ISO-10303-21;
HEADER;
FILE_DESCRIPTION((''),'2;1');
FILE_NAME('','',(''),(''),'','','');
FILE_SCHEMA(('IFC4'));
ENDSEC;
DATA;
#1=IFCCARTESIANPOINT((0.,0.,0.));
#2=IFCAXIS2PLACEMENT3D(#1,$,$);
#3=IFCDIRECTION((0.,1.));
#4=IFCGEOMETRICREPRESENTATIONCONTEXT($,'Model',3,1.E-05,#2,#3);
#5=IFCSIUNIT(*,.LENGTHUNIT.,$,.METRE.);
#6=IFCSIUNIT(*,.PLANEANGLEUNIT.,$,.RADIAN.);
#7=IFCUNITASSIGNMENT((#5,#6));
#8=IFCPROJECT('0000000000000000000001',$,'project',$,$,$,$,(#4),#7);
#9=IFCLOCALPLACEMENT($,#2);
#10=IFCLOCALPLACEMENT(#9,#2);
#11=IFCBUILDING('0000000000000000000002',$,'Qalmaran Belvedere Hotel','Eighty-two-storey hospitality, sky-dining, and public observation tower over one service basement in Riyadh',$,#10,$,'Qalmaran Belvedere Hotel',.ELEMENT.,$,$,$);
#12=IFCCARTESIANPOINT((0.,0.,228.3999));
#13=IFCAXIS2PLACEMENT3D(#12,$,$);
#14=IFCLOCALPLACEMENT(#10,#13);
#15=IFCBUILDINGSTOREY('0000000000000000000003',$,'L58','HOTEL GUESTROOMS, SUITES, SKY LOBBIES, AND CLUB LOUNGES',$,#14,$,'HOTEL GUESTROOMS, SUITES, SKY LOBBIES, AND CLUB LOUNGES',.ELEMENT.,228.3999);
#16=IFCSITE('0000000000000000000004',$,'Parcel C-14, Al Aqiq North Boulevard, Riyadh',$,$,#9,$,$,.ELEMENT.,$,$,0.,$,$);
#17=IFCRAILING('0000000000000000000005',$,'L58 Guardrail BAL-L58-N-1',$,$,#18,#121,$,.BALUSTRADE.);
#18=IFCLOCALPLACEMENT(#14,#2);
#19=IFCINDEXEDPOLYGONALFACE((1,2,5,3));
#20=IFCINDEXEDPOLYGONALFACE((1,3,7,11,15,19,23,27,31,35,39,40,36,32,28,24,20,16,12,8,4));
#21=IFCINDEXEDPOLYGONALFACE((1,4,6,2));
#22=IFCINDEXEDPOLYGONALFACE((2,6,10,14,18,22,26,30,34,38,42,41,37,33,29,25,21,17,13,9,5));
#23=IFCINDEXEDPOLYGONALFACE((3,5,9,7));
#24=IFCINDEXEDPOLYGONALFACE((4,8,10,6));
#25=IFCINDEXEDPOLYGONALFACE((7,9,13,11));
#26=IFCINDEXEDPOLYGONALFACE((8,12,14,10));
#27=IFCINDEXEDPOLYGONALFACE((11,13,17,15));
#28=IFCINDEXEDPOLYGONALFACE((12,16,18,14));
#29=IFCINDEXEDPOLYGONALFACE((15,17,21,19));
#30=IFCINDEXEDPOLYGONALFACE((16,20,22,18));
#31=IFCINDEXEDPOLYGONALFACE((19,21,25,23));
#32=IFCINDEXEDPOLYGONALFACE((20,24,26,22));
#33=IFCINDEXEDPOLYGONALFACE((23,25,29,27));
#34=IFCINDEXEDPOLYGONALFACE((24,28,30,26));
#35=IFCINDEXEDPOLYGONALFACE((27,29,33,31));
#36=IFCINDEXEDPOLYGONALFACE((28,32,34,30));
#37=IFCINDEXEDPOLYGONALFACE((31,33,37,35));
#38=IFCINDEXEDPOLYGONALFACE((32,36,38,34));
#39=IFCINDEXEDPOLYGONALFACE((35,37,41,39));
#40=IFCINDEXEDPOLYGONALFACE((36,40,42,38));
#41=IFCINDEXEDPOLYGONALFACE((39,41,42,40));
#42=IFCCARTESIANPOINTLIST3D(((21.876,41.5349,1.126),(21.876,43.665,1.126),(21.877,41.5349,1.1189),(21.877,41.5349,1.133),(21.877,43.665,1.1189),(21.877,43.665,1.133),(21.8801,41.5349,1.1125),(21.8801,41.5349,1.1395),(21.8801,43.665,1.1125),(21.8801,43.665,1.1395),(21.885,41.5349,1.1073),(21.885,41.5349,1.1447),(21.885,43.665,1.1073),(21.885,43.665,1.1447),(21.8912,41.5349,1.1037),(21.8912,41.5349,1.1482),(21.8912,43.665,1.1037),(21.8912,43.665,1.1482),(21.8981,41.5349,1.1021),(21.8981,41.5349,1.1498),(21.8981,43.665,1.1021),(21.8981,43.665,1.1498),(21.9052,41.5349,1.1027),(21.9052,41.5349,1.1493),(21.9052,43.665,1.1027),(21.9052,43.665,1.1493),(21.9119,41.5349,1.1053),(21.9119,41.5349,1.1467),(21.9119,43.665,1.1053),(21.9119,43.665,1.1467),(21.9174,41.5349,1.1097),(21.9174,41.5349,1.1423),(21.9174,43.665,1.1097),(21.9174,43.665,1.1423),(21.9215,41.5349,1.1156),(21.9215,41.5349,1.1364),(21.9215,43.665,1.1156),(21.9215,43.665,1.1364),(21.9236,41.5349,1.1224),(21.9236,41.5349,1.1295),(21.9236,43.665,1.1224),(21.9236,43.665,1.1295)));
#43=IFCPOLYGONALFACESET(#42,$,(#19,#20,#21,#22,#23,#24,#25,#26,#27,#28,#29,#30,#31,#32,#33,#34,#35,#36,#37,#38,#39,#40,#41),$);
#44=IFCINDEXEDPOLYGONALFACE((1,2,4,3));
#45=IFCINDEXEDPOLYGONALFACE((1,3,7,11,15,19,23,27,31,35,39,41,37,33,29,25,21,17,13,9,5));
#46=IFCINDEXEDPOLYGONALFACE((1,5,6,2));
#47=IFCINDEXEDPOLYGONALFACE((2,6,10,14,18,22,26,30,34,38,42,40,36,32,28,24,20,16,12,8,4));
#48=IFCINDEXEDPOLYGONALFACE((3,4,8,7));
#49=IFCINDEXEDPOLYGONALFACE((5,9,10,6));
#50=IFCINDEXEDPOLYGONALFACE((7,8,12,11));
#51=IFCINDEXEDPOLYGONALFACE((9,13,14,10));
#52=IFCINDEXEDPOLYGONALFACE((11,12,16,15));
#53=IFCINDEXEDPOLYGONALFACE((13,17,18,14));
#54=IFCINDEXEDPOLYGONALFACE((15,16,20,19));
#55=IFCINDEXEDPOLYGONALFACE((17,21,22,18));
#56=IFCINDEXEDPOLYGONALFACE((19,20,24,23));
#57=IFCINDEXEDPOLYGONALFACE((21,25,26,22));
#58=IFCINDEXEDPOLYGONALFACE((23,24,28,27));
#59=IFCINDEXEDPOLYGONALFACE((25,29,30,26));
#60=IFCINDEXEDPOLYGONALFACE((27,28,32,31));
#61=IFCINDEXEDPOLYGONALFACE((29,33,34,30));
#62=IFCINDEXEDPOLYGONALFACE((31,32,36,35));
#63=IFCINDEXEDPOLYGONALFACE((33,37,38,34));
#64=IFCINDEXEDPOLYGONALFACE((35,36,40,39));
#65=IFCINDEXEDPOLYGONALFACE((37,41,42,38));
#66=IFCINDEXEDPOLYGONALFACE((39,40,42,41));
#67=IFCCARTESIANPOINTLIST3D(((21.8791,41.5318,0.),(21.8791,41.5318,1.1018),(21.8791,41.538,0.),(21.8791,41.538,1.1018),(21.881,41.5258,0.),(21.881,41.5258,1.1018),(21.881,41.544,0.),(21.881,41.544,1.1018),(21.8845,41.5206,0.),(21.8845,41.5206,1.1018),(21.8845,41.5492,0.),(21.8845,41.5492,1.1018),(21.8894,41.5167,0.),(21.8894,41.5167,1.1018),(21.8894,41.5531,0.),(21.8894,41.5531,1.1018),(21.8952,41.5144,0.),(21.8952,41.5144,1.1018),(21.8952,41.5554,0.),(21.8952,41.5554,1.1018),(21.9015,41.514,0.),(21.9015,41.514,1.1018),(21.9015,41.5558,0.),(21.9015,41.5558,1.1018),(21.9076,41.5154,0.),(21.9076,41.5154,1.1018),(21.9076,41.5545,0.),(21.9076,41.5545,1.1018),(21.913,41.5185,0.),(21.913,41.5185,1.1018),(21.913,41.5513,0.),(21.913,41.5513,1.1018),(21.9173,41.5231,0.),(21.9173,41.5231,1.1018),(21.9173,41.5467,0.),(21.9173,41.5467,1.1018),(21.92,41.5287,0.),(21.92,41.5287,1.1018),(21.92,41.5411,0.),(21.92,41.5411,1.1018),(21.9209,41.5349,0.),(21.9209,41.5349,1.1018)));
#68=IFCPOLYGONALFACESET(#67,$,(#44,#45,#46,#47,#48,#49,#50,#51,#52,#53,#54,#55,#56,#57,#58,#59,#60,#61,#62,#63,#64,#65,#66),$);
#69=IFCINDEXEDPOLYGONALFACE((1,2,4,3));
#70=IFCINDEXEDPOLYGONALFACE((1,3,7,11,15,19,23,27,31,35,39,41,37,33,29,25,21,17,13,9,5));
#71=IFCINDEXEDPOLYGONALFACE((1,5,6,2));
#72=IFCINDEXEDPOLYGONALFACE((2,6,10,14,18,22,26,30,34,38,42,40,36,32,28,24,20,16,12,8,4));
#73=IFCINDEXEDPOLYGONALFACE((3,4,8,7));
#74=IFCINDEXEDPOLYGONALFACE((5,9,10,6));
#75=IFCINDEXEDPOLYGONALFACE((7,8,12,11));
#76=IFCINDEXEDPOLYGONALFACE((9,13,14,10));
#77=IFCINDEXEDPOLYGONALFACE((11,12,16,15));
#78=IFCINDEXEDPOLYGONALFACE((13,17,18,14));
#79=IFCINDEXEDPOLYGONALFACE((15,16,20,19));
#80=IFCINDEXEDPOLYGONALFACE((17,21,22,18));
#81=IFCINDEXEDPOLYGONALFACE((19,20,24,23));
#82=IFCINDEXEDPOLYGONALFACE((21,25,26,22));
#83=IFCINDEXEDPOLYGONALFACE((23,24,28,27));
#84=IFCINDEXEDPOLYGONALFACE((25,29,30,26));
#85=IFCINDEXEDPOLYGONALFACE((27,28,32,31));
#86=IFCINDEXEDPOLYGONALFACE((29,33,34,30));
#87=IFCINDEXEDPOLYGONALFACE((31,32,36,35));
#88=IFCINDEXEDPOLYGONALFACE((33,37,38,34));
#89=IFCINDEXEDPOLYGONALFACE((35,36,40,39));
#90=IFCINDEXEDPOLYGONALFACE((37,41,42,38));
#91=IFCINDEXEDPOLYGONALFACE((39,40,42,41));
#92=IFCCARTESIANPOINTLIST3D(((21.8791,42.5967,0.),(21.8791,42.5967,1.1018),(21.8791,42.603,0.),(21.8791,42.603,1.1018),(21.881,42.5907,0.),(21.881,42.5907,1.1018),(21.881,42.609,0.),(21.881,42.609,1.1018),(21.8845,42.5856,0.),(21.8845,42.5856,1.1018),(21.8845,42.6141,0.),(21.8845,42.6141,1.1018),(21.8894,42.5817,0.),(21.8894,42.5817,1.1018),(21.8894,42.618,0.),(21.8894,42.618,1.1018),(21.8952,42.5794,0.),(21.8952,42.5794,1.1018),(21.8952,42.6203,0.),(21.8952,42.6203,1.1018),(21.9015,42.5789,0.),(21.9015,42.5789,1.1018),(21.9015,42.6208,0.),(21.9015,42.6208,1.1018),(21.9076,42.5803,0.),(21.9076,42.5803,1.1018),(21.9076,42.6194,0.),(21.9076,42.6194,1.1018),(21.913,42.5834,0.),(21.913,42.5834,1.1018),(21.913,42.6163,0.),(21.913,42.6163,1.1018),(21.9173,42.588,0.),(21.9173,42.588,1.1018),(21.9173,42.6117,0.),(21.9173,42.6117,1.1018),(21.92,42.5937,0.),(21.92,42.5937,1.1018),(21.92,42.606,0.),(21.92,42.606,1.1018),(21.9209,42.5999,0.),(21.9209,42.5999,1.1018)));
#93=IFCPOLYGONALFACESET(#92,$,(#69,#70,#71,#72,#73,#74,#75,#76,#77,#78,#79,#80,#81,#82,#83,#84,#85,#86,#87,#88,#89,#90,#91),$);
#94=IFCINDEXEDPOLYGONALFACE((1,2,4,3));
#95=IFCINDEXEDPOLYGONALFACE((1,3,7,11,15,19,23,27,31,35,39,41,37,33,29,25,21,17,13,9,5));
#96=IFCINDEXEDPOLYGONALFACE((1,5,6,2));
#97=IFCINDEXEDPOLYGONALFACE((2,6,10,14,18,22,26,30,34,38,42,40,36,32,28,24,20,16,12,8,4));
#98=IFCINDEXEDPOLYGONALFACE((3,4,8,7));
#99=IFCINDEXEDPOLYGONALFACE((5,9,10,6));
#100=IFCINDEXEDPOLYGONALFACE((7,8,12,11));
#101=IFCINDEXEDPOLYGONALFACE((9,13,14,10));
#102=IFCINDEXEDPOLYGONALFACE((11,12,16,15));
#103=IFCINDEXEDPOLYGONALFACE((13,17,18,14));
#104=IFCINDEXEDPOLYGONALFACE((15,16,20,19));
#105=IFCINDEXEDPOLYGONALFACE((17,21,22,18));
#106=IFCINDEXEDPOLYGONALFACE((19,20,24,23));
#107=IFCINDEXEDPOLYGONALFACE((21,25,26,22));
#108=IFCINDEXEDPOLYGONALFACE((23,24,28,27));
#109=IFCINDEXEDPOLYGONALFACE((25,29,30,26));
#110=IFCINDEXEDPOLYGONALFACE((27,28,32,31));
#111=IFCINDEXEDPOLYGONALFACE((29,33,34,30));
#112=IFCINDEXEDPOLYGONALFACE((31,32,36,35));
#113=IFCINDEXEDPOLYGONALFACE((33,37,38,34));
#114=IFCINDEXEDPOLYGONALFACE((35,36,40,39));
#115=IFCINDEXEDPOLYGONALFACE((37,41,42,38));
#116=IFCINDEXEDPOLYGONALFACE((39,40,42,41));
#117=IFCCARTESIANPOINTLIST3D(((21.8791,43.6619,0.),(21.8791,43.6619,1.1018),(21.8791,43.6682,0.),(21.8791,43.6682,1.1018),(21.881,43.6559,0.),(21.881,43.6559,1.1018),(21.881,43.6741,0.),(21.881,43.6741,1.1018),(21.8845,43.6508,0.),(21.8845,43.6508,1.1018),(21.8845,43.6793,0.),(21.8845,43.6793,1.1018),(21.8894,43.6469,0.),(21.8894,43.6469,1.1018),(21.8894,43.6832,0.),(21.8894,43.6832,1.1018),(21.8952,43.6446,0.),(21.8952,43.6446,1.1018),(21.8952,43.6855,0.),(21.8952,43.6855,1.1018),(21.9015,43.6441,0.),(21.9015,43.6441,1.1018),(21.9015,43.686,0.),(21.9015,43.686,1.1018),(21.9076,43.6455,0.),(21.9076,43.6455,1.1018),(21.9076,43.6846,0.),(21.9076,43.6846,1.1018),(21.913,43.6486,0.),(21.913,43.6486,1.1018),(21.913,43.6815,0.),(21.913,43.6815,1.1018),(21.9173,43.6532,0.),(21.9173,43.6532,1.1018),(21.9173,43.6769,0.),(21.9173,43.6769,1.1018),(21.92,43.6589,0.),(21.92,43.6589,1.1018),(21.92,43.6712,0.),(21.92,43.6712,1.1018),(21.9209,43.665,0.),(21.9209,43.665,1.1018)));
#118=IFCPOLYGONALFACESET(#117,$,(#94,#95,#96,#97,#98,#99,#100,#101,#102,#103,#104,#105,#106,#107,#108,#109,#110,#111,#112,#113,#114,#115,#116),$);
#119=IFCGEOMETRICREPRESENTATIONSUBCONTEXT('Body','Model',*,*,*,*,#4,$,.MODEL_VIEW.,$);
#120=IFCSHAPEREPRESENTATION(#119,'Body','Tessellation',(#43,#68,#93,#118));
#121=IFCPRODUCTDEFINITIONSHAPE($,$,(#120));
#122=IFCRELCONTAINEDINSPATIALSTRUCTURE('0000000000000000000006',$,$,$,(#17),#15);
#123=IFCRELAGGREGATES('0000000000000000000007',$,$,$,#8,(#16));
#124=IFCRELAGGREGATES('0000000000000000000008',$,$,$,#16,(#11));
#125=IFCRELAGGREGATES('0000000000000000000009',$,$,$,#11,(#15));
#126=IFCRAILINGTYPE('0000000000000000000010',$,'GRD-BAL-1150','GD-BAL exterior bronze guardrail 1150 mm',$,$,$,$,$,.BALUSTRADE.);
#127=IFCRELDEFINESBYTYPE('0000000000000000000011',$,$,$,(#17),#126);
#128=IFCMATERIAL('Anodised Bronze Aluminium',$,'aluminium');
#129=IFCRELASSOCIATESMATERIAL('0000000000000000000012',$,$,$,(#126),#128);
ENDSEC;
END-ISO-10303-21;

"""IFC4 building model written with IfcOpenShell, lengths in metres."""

from ifc_helpers import new_model, si_unit, direction, frame, origin, origin_2d, place, context, subcontext, project, spatial, circle, extrude, material, type_object, element, save


model = new_model("IFC4")

# Units and contexts
model_context = context("Model", 3, precision=1e-05, world=origin(), true_north=direction((0.0, 1.0)))
body_context = subcontext(model_context, "Body", "Model", "MODEL_VIEW")
ifc_project = project(units=[si_unit("LENGTHUNIT", "METRE"), si_unit("PLANEANGLEUNIT", "RADIAN")], contexts=[model_context])

# Site, building, storey
site_placement = place(None, origin())
site = spatial("IfcSite", under=ifc_project, at=site_placement, Name="Parcel C-14, Al Aqiq North Boulevard, Riyadh", CompositionType="ELEMENT", RefElevation=0.0)
building_placement = place(site_placement, origin())
building = spatial("IfcBuilding", under=site, at=building_placement, Name="Qalmaran Belvedere Hotel", Description="Eighty-two-storey hospitality, sky-dining, and public observation tower over one service basement in Riyadh", LongName="Qalmaran Belvedere Hotel", CompositionType="ELEMENT")
storey_placement = place(building_placement, frame((0.0, 0.0, 228.3999)))
storey = spatial("IfcBuildingStorey", under=building, at=storey_placement, Name="L58", Description="HOTEL GUESTROOMS, SUITES, SKY LOBBIES, AND CLUB LOUNGES", LongName="HOTEL GUESTROOMS, SUITES, SKY LOBBIES, AND CLUB LOUNGES", CompositionType="ELEMENT", Elevation=228.3999)

# Shared definitions
ifc_material_1 = material(Name="Anodised Bronze Aluminium", Category="aluminium")

# Railing
railing_type = type_object("IfcRailingType", Name="GRD-BAL-1150", Description="GD-BAL exterior bronze guardrail 1150 mm", PredefinedType="BALUSTRADE", material=ifc_material_1)
railing_1_placement = place(storey_placement, frame((21.8999, 41.5349, 0.0)))
element("IfcRailing", 1, at=railing_1_placement, inside=storey, type_object=railing_type, Name="L58 Guardrail BAL-L58-N-1", PredefinedType="BALUSTRADE", context=body_context, shape_type="SweptSolid", body=[
    extrude(circle(Radius=0.0239, at=origin_2d()), frame((0.0, 0.0, 1.126), z_axis=(0.0, 1.0, 0.0), x_axis=(-1.0, 0.0, 0.0)), (0.0, 0.0, 1.0), 2.1301),
    extrude(circle(Radius=0.021, at=origin_2d()), origin(), (0.0, 0.0, 1.0), 1.1018),
    extrude(circle(Radius=0.021, at=origin_2d()), frame((0.0, 1.0649, 0.0)), (0.0, 0.0, 1.0), 1.1018),
    extrude(circle(Radius=0.021, at=origin_2d()), frame((0.0, 2.1301, 0.0)), (0.0, 0.0, 1.0), 1.1018),
])

save(model, "model.ifc")
